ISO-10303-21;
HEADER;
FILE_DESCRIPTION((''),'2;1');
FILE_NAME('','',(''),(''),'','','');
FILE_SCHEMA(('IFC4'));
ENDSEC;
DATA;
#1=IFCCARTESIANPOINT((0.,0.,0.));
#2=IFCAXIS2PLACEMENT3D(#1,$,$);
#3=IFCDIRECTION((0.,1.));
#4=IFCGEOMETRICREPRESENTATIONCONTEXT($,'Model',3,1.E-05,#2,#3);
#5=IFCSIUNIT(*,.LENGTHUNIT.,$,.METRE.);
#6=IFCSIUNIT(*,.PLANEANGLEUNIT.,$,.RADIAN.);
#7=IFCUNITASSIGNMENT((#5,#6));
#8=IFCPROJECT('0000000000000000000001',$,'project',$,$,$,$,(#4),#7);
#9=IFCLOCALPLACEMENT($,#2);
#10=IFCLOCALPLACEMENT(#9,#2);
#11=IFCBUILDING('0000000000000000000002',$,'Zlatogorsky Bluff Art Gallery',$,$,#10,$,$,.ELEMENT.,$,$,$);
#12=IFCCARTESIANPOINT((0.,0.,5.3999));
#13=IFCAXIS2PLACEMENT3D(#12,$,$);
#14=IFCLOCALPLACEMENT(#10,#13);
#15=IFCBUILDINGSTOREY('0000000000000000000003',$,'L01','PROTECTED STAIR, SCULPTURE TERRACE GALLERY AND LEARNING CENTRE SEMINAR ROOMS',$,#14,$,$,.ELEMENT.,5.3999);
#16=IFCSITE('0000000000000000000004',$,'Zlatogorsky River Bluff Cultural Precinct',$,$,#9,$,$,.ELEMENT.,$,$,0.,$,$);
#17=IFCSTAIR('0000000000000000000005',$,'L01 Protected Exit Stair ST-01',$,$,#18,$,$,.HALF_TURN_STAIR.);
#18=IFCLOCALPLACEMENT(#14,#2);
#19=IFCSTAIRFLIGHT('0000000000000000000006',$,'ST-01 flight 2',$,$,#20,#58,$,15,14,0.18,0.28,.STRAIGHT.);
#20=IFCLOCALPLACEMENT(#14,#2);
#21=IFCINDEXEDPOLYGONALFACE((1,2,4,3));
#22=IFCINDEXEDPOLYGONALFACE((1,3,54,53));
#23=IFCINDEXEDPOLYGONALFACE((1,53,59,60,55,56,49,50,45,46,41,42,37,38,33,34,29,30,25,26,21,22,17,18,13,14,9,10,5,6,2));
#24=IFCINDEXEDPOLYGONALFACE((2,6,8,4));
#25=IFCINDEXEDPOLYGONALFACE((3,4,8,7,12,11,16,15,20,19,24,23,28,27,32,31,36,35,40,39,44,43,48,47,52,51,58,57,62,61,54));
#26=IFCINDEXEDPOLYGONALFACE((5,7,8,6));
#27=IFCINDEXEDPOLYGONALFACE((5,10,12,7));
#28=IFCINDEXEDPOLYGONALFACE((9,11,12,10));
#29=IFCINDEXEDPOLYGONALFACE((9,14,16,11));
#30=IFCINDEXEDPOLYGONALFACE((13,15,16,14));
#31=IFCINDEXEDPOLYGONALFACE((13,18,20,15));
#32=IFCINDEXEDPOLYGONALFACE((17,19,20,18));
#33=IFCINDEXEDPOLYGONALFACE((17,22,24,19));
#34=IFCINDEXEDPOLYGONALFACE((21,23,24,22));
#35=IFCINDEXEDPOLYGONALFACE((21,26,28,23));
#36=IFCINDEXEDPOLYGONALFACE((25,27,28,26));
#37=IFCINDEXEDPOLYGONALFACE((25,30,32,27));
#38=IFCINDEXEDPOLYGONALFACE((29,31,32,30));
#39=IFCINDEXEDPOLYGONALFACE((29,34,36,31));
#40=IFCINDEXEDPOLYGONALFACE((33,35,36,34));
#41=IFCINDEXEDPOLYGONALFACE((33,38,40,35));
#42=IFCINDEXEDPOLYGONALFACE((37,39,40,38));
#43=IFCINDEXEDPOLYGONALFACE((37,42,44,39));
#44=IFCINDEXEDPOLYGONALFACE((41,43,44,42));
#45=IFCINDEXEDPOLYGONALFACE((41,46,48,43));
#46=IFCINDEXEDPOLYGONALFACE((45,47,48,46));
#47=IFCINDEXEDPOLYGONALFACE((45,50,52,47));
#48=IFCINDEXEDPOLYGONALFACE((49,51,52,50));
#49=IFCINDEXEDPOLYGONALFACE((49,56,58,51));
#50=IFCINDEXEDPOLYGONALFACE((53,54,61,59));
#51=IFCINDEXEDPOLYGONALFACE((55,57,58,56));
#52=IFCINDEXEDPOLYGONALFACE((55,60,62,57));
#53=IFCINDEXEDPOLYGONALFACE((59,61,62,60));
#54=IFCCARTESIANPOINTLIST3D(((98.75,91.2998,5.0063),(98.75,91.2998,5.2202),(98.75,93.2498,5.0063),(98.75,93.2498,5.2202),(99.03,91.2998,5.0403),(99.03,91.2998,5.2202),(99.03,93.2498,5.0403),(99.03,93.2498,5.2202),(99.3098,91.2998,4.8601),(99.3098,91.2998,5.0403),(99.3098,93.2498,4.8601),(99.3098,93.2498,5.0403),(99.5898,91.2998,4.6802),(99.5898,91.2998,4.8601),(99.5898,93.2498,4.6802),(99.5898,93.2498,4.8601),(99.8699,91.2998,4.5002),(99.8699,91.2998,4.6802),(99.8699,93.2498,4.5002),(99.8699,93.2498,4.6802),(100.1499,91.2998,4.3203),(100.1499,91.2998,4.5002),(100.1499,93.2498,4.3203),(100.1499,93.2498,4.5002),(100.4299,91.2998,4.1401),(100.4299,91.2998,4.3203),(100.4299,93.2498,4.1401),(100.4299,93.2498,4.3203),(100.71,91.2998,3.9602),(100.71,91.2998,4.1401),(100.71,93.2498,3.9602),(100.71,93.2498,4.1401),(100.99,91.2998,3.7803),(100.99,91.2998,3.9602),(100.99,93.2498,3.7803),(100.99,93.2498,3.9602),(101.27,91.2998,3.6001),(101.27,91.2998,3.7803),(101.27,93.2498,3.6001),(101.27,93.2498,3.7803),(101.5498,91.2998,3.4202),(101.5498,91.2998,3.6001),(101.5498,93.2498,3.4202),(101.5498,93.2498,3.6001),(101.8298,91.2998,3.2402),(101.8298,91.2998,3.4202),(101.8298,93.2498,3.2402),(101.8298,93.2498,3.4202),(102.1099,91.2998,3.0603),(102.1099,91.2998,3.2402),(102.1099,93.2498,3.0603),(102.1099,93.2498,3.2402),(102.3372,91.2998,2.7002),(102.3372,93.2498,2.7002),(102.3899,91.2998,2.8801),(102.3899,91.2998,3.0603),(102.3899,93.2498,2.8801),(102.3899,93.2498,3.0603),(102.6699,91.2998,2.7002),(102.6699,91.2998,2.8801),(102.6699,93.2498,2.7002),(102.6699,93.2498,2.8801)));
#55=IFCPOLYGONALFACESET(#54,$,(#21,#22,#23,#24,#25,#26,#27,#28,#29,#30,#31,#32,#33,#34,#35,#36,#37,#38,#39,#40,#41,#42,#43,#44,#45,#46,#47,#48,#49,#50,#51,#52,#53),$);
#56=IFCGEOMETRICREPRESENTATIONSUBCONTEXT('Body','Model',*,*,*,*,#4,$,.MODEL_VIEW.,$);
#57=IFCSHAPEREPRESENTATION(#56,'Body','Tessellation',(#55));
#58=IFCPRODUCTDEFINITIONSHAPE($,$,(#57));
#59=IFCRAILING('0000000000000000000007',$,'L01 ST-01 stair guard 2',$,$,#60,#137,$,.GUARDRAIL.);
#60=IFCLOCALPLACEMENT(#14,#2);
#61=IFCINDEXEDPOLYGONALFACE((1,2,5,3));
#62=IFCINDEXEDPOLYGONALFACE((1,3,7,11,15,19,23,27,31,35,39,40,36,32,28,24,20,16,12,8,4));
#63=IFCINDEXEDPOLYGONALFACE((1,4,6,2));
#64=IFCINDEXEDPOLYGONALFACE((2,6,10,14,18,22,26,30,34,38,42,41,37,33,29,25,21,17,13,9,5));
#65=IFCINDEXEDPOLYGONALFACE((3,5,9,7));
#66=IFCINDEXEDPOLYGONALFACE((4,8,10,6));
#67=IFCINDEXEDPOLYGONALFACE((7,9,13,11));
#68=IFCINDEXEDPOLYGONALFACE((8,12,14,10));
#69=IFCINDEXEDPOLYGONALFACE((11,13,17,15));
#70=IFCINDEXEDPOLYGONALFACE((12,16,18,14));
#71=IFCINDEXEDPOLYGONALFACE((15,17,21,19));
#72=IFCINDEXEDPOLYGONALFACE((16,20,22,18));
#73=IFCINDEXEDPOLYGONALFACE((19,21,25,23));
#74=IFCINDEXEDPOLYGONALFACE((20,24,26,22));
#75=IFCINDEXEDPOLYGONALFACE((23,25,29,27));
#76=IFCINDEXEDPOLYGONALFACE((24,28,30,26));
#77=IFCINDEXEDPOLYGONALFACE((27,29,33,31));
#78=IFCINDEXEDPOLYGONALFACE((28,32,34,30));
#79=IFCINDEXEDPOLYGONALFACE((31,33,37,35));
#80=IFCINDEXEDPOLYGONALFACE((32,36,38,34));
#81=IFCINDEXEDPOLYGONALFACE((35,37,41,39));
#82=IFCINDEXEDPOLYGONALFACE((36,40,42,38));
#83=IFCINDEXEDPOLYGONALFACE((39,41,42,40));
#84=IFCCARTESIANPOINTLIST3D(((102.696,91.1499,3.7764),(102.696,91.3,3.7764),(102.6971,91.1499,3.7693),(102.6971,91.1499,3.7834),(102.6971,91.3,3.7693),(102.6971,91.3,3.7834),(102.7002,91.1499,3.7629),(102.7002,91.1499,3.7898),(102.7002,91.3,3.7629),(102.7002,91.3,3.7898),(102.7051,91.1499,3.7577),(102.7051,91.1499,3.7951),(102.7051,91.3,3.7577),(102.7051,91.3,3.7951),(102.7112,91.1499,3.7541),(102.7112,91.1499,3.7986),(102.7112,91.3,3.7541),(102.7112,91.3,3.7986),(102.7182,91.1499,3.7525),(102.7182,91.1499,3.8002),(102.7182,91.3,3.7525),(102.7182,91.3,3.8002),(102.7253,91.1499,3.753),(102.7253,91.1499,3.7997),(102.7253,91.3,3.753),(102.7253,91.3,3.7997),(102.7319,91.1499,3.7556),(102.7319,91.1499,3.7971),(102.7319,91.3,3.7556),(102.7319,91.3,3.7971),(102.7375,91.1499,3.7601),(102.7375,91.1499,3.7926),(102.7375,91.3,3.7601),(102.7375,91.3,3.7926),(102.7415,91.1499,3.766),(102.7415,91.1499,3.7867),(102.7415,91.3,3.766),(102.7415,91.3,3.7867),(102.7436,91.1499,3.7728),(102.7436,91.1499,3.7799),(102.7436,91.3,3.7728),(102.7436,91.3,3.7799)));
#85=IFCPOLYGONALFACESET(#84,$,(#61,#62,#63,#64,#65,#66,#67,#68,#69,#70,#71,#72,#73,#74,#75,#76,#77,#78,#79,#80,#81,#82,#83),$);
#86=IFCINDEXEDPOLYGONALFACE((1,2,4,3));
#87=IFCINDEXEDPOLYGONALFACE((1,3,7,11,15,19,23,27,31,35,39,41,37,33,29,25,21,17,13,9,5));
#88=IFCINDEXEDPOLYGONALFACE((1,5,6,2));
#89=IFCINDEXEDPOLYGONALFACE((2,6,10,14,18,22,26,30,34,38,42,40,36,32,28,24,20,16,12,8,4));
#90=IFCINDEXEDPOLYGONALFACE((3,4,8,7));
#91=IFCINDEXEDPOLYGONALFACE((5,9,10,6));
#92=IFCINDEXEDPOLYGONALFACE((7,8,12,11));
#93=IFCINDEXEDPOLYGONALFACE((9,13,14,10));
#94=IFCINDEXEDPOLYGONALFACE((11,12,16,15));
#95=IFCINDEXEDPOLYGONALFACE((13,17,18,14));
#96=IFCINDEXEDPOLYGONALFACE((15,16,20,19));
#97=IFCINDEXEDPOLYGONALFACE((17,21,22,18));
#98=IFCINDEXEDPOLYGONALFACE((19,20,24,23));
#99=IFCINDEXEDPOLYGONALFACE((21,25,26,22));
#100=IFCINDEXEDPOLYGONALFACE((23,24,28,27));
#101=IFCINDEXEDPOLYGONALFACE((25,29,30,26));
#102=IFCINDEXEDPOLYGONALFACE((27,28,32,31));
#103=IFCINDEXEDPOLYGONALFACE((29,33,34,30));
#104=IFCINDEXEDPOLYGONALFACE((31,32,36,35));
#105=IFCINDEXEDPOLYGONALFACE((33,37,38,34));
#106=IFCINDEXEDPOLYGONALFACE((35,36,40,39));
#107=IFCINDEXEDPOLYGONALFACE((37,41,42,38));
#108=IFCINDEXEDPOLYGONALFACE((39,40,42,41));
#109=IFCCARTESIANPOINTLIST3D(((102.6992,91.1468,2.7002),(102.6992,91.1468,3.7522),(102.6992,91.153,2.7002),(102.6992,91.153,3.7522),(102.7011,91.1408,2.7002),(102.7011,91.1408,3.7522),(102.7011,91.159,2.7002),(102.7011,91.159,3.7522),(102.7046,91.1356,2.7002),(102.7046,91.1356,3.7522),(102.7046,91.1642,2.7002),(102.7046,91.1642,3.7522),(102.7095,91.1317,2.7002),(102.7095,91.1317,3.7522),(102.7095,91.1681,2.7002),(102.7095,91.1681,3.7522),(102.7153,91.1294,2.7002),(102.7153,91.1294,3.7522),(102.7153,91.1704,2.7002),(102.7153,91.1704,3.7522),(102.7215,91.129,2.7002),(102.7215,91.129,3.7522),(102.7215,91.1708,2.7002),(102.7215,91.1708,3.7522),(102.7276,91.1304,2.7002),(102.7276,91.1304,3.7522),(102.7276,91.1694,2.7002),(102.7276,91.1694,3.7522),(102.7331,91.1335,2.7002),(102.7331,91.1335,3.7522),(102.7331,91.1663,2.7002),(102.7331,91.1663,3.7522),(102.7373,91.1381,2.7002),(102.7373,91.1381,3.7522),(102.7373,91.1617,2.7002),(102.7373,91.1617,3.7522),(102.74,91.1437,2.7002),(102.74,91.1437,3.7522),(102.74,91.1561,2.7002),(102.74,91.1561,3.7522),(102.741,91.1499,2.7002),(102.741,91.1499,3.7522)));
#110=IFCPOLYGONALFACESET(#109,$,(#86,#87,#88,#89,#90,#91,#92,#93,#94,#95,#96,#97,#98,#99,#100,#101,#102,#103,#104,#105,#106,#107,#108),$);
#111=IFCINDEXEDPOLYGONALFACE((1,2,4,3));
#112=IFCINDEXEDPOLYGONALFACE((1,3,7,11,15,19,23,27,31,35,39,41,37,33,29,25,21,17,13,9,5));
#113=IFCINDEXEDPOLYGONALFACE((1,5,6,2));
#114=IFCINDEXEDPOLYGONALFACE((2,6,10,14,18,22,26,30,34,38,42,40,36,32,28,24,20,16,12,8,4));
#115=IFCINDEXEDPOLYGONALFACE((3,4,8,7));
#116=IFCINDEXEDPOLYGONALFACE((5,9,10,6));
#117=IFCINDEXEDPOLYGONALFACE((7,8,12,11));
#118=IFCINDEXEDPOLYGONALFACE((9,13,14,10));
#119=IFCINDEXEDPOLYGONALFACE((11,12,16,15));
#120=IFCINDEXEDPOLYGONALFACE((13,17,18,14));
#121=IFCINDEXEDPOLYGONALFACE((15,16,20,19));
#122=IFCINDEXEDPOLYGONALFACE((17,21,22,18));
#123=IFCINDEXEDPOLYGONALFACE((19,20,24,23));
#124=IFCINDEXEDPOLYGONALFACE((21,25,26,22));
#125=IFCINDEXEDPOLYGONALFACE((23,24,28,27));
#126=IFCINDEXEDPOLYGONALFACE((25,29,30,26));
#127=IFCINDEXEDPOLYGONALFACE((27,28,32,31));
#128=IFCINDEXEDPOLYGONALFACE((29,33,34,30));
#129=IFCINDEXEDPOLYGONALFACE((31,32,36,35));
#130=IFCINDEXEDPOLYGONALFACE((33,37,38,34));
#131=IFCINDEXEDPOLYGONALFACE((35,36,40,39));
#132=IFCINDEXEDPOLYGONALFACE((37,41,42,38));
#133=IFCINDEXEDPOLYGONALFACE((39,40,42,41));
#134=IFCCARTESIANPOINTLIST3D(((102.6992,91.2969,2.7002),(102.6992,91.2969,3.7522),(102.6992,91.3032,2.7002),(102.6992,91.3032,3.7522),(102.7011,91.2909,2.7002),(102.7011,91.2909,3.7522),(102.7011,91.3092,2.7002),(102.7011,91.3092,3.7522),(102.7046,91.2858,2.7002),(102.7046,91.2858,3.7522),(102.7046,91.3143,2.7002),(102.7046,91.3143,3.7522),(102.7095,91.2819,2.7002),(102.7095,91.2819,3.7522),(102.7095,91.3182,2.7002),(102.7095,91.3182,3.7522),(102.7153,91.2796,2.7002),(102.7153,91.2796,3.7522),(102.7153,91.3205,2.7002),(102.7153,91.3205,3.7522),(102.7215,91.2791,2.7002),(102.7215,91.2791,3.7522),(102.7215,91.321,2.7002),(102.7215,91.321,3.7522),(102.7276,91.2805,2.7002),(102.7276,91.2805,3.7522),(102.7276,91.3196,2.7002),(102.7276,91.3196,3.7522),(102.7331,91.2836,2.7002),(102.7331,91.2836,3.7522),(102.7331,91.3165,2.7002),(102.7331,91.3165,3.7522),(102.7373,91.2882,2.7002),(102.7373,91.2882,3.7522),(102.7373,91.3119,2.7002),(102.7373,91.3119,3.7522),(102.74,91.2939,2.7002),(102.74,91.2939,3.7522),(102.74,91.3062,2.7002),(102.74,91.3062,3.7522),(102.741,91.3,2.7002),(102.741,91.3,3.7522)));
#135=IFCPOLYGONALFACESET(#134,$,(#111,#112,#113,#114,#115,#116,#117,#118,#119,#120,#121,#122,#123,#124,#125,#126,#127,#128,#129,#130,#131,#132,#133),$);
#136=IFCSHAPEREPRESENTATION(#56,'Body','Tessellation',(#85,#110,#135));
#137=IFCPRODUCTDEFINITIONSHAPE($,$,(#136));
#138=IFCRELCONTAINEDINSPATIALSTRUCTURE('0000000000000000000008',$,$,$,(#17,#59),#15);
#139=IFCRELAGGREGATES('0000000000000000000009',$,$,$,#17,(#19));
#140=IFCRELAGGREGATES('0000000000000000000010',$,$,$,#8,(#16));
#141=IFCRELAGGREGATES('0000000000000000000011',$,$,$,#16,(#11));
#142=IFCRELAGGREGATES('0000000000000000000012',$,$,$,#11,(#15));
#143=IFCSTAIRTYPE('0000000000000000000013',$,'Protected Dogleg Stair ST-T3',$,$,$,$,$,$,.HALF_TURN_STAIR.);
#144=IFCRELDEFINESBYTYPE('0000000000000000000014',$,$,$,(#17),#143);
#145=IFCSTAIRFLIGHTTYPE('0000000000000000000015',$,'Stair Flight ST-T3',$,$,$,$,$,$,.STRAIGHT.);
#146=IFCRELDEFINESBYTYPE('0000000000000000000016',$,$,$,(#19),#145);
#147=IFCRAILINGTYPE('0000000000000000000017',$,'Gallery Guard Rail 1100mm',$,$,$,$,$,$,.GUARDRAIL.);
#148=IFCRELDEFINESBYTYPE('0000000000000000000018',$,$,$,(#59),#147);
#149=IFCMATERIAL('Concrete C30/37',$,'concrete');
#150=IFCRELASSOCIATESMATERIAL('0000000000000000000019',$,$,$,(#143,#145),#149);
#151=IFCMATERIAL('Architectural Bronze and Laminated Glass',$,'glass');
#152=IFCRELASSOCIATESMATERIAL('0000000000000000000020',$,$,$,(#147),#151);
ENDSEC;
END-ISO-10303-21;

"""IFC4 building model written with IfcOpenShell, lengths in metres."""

from ifc_helpers import new_model, si_unit, direction, frame, origin, origin_2d, place, context, subcontext, project, spatial, polyline, circle, outline, extrude, material, type_object, element, aggregate, save


model = new_model("IFC4")

# Units and contexts
model_context = context("Model", 3, precision=1e-05, world=origin(), true_north=direction((0.0, 1.0)))
body_context = subcontext(model_context, "Body", "Model", "MODEL_VIEW")
ifc_project = project(units=[si_unit("LENGTHUNIT", "METRE"), si_unit("PLANEANGLEUNIT", "RADIAN")], contexts=[model_context])

# Site, building, storey
site_placement = place(None, origin())
site = spatial("IfcSite", under=ifc_project, at=site_placement, Name="Zlatogorsky River Bluff Cultural Precinct", CompositionType="ELEMENT", RefElevation=0.0)
building_placement = place(site_placement, origin())
building = spatial("IfcBuilding", under=site, at=building_placement, Name="Zlatogorsky Bluff Art Gallery", CompositionType="ELEMENT")
storey_placement = place(building_placement, frame((0.0, 0.0, 5.3999)))
storey = spatial("IfcBuildingStorey", under=building, at=storey_placement, Name="L01", Description="PROTECTED STAIR, SCULPTURE TERRACE GALLERY AND LEARNING CENTRE SEMINAR ROOMS", CompositionType="ELEMENT", Elevation=5.3999)

# Shared definitions
ifc_material_1 = material(Name="Concrete C30/37", Category="concrete")

# Stair, stair flight
stair_type = type_object("IfcStairType", Name="Protected Dogleg Stair ST-T3", PredefinedType="HALF_TURN_STAIR", material=ifc_material_1)
stair_placement = place(storey_placement, origin())
stair = element("IfcStair", 1, at=stair_placement, inside=storey, type_object=stair_type, Name="L01 Protected Exit Stair ST-01", PredefinedType="HALF_TURN_STAIR")
stair_flight_type = type_object("IfcStairFlightType", Name="Stair Flight ST-T3", PredefinedType="STRAIGHT", material=ifc_material_1)
stair_flight_placement = place(storey_placement, frame((102.6699, 92.2749, 2.7002), z_axis=(0.0, 0.0, 1.0), x_axis=(-1.0, 0.0, 0.0)))
stair_flight = element("IfcStairFlight", 2, at=stair_flight_placement, type_object=stair_flight_type, Name="ST-01 flight 2", NumberOfRisers=15, NumberOfTreads=14, PredefinedType="STRAIGHT", RiserHeight=0.18, TreadLength=0.28, context=body_context, shape_type="SweptSolid", body=[
    extrude(outline(polyline([(0.0, 0.0), (0.0, 0.1799), (0.28, 0.1799), (0.28, 0.3601), (0.5601, 0.3601), (0.5601, 0.54), (0.8401, 0.54), (0.8401, 0.72), (1.1201, 0.72), (1.1201, 0.8999), (1.3999, 0.8999), (1.3999, 1.0801), (1.6799, 1.0801), (1.6799, 1.26), (1.96, 1.26), (1.96, 1.4399), (2.24, 1.4399), (2.24, 1.6201), (2.52, 1.6201), (2.52, 1.8), (2.8, 1.8), (2.8, 1.98), (3.0801, 1.98), (3.0801, 2.1599), (3.3601, 2.1599), (3.3601, 2.3401), (3.6399, 2.3401), (3.6399, 2.52), (3.9199, 2.52), (3.9199, 2.7), (3.9199, 2.3062), (0.3328, 0.0), (0.0, 0.0)])), frame((0.0, 0.9751, 0.0), z_axis=(0.0, -1.0, 0.0), x_axis=(1.0, 0.0, 0.0)), (0.0, 0.0, 1.0), 1.95),
])
aggregate(stair, [stair_flight])

# Railing
ifc_material_2 = material(Name="Architectural Bronze and Laminated Glass", Category="glass")
railing_type_1 = type_object("IfcRailingType", Name="Gallery Guard Rail 1100mm", PredefinedType="GUARDRAIL", material=ifc_material_2)
railing_1_placement = place(storey_placement, frame((102.72, 91.1499, 2.7002)))
element("IfcRailing", 3, at=railing_1_placement, inside=storey, type_object=railing_type_1, Name="L01 ST-01 stair guard 2", PredefinedType="GUARDRAIL", context=body_context, shape_type="SweptSolid", body=[
    extrude(circle(Radius=0.0239, at=origin_2d()), frame((0.0, 0.0, 1.0762), z_axis=(0.0, 1.0, 0.0), x_axis=(-1.0, 0.0, 0.0)), (0.0, 0.0, 1.0), 0.1501),
    extrude(circle(Radius=0.021, at=origin_2d()), origin(), (0.0, 0.0, 1.0), 1.052),
    extrude(circle(Radius=0.021, at=origin_2d()), frame((0.0, 0.1501, 0.0)), (0.0, 0.0, 1.0), 1.052),
])

save(model, "model.ifc")
